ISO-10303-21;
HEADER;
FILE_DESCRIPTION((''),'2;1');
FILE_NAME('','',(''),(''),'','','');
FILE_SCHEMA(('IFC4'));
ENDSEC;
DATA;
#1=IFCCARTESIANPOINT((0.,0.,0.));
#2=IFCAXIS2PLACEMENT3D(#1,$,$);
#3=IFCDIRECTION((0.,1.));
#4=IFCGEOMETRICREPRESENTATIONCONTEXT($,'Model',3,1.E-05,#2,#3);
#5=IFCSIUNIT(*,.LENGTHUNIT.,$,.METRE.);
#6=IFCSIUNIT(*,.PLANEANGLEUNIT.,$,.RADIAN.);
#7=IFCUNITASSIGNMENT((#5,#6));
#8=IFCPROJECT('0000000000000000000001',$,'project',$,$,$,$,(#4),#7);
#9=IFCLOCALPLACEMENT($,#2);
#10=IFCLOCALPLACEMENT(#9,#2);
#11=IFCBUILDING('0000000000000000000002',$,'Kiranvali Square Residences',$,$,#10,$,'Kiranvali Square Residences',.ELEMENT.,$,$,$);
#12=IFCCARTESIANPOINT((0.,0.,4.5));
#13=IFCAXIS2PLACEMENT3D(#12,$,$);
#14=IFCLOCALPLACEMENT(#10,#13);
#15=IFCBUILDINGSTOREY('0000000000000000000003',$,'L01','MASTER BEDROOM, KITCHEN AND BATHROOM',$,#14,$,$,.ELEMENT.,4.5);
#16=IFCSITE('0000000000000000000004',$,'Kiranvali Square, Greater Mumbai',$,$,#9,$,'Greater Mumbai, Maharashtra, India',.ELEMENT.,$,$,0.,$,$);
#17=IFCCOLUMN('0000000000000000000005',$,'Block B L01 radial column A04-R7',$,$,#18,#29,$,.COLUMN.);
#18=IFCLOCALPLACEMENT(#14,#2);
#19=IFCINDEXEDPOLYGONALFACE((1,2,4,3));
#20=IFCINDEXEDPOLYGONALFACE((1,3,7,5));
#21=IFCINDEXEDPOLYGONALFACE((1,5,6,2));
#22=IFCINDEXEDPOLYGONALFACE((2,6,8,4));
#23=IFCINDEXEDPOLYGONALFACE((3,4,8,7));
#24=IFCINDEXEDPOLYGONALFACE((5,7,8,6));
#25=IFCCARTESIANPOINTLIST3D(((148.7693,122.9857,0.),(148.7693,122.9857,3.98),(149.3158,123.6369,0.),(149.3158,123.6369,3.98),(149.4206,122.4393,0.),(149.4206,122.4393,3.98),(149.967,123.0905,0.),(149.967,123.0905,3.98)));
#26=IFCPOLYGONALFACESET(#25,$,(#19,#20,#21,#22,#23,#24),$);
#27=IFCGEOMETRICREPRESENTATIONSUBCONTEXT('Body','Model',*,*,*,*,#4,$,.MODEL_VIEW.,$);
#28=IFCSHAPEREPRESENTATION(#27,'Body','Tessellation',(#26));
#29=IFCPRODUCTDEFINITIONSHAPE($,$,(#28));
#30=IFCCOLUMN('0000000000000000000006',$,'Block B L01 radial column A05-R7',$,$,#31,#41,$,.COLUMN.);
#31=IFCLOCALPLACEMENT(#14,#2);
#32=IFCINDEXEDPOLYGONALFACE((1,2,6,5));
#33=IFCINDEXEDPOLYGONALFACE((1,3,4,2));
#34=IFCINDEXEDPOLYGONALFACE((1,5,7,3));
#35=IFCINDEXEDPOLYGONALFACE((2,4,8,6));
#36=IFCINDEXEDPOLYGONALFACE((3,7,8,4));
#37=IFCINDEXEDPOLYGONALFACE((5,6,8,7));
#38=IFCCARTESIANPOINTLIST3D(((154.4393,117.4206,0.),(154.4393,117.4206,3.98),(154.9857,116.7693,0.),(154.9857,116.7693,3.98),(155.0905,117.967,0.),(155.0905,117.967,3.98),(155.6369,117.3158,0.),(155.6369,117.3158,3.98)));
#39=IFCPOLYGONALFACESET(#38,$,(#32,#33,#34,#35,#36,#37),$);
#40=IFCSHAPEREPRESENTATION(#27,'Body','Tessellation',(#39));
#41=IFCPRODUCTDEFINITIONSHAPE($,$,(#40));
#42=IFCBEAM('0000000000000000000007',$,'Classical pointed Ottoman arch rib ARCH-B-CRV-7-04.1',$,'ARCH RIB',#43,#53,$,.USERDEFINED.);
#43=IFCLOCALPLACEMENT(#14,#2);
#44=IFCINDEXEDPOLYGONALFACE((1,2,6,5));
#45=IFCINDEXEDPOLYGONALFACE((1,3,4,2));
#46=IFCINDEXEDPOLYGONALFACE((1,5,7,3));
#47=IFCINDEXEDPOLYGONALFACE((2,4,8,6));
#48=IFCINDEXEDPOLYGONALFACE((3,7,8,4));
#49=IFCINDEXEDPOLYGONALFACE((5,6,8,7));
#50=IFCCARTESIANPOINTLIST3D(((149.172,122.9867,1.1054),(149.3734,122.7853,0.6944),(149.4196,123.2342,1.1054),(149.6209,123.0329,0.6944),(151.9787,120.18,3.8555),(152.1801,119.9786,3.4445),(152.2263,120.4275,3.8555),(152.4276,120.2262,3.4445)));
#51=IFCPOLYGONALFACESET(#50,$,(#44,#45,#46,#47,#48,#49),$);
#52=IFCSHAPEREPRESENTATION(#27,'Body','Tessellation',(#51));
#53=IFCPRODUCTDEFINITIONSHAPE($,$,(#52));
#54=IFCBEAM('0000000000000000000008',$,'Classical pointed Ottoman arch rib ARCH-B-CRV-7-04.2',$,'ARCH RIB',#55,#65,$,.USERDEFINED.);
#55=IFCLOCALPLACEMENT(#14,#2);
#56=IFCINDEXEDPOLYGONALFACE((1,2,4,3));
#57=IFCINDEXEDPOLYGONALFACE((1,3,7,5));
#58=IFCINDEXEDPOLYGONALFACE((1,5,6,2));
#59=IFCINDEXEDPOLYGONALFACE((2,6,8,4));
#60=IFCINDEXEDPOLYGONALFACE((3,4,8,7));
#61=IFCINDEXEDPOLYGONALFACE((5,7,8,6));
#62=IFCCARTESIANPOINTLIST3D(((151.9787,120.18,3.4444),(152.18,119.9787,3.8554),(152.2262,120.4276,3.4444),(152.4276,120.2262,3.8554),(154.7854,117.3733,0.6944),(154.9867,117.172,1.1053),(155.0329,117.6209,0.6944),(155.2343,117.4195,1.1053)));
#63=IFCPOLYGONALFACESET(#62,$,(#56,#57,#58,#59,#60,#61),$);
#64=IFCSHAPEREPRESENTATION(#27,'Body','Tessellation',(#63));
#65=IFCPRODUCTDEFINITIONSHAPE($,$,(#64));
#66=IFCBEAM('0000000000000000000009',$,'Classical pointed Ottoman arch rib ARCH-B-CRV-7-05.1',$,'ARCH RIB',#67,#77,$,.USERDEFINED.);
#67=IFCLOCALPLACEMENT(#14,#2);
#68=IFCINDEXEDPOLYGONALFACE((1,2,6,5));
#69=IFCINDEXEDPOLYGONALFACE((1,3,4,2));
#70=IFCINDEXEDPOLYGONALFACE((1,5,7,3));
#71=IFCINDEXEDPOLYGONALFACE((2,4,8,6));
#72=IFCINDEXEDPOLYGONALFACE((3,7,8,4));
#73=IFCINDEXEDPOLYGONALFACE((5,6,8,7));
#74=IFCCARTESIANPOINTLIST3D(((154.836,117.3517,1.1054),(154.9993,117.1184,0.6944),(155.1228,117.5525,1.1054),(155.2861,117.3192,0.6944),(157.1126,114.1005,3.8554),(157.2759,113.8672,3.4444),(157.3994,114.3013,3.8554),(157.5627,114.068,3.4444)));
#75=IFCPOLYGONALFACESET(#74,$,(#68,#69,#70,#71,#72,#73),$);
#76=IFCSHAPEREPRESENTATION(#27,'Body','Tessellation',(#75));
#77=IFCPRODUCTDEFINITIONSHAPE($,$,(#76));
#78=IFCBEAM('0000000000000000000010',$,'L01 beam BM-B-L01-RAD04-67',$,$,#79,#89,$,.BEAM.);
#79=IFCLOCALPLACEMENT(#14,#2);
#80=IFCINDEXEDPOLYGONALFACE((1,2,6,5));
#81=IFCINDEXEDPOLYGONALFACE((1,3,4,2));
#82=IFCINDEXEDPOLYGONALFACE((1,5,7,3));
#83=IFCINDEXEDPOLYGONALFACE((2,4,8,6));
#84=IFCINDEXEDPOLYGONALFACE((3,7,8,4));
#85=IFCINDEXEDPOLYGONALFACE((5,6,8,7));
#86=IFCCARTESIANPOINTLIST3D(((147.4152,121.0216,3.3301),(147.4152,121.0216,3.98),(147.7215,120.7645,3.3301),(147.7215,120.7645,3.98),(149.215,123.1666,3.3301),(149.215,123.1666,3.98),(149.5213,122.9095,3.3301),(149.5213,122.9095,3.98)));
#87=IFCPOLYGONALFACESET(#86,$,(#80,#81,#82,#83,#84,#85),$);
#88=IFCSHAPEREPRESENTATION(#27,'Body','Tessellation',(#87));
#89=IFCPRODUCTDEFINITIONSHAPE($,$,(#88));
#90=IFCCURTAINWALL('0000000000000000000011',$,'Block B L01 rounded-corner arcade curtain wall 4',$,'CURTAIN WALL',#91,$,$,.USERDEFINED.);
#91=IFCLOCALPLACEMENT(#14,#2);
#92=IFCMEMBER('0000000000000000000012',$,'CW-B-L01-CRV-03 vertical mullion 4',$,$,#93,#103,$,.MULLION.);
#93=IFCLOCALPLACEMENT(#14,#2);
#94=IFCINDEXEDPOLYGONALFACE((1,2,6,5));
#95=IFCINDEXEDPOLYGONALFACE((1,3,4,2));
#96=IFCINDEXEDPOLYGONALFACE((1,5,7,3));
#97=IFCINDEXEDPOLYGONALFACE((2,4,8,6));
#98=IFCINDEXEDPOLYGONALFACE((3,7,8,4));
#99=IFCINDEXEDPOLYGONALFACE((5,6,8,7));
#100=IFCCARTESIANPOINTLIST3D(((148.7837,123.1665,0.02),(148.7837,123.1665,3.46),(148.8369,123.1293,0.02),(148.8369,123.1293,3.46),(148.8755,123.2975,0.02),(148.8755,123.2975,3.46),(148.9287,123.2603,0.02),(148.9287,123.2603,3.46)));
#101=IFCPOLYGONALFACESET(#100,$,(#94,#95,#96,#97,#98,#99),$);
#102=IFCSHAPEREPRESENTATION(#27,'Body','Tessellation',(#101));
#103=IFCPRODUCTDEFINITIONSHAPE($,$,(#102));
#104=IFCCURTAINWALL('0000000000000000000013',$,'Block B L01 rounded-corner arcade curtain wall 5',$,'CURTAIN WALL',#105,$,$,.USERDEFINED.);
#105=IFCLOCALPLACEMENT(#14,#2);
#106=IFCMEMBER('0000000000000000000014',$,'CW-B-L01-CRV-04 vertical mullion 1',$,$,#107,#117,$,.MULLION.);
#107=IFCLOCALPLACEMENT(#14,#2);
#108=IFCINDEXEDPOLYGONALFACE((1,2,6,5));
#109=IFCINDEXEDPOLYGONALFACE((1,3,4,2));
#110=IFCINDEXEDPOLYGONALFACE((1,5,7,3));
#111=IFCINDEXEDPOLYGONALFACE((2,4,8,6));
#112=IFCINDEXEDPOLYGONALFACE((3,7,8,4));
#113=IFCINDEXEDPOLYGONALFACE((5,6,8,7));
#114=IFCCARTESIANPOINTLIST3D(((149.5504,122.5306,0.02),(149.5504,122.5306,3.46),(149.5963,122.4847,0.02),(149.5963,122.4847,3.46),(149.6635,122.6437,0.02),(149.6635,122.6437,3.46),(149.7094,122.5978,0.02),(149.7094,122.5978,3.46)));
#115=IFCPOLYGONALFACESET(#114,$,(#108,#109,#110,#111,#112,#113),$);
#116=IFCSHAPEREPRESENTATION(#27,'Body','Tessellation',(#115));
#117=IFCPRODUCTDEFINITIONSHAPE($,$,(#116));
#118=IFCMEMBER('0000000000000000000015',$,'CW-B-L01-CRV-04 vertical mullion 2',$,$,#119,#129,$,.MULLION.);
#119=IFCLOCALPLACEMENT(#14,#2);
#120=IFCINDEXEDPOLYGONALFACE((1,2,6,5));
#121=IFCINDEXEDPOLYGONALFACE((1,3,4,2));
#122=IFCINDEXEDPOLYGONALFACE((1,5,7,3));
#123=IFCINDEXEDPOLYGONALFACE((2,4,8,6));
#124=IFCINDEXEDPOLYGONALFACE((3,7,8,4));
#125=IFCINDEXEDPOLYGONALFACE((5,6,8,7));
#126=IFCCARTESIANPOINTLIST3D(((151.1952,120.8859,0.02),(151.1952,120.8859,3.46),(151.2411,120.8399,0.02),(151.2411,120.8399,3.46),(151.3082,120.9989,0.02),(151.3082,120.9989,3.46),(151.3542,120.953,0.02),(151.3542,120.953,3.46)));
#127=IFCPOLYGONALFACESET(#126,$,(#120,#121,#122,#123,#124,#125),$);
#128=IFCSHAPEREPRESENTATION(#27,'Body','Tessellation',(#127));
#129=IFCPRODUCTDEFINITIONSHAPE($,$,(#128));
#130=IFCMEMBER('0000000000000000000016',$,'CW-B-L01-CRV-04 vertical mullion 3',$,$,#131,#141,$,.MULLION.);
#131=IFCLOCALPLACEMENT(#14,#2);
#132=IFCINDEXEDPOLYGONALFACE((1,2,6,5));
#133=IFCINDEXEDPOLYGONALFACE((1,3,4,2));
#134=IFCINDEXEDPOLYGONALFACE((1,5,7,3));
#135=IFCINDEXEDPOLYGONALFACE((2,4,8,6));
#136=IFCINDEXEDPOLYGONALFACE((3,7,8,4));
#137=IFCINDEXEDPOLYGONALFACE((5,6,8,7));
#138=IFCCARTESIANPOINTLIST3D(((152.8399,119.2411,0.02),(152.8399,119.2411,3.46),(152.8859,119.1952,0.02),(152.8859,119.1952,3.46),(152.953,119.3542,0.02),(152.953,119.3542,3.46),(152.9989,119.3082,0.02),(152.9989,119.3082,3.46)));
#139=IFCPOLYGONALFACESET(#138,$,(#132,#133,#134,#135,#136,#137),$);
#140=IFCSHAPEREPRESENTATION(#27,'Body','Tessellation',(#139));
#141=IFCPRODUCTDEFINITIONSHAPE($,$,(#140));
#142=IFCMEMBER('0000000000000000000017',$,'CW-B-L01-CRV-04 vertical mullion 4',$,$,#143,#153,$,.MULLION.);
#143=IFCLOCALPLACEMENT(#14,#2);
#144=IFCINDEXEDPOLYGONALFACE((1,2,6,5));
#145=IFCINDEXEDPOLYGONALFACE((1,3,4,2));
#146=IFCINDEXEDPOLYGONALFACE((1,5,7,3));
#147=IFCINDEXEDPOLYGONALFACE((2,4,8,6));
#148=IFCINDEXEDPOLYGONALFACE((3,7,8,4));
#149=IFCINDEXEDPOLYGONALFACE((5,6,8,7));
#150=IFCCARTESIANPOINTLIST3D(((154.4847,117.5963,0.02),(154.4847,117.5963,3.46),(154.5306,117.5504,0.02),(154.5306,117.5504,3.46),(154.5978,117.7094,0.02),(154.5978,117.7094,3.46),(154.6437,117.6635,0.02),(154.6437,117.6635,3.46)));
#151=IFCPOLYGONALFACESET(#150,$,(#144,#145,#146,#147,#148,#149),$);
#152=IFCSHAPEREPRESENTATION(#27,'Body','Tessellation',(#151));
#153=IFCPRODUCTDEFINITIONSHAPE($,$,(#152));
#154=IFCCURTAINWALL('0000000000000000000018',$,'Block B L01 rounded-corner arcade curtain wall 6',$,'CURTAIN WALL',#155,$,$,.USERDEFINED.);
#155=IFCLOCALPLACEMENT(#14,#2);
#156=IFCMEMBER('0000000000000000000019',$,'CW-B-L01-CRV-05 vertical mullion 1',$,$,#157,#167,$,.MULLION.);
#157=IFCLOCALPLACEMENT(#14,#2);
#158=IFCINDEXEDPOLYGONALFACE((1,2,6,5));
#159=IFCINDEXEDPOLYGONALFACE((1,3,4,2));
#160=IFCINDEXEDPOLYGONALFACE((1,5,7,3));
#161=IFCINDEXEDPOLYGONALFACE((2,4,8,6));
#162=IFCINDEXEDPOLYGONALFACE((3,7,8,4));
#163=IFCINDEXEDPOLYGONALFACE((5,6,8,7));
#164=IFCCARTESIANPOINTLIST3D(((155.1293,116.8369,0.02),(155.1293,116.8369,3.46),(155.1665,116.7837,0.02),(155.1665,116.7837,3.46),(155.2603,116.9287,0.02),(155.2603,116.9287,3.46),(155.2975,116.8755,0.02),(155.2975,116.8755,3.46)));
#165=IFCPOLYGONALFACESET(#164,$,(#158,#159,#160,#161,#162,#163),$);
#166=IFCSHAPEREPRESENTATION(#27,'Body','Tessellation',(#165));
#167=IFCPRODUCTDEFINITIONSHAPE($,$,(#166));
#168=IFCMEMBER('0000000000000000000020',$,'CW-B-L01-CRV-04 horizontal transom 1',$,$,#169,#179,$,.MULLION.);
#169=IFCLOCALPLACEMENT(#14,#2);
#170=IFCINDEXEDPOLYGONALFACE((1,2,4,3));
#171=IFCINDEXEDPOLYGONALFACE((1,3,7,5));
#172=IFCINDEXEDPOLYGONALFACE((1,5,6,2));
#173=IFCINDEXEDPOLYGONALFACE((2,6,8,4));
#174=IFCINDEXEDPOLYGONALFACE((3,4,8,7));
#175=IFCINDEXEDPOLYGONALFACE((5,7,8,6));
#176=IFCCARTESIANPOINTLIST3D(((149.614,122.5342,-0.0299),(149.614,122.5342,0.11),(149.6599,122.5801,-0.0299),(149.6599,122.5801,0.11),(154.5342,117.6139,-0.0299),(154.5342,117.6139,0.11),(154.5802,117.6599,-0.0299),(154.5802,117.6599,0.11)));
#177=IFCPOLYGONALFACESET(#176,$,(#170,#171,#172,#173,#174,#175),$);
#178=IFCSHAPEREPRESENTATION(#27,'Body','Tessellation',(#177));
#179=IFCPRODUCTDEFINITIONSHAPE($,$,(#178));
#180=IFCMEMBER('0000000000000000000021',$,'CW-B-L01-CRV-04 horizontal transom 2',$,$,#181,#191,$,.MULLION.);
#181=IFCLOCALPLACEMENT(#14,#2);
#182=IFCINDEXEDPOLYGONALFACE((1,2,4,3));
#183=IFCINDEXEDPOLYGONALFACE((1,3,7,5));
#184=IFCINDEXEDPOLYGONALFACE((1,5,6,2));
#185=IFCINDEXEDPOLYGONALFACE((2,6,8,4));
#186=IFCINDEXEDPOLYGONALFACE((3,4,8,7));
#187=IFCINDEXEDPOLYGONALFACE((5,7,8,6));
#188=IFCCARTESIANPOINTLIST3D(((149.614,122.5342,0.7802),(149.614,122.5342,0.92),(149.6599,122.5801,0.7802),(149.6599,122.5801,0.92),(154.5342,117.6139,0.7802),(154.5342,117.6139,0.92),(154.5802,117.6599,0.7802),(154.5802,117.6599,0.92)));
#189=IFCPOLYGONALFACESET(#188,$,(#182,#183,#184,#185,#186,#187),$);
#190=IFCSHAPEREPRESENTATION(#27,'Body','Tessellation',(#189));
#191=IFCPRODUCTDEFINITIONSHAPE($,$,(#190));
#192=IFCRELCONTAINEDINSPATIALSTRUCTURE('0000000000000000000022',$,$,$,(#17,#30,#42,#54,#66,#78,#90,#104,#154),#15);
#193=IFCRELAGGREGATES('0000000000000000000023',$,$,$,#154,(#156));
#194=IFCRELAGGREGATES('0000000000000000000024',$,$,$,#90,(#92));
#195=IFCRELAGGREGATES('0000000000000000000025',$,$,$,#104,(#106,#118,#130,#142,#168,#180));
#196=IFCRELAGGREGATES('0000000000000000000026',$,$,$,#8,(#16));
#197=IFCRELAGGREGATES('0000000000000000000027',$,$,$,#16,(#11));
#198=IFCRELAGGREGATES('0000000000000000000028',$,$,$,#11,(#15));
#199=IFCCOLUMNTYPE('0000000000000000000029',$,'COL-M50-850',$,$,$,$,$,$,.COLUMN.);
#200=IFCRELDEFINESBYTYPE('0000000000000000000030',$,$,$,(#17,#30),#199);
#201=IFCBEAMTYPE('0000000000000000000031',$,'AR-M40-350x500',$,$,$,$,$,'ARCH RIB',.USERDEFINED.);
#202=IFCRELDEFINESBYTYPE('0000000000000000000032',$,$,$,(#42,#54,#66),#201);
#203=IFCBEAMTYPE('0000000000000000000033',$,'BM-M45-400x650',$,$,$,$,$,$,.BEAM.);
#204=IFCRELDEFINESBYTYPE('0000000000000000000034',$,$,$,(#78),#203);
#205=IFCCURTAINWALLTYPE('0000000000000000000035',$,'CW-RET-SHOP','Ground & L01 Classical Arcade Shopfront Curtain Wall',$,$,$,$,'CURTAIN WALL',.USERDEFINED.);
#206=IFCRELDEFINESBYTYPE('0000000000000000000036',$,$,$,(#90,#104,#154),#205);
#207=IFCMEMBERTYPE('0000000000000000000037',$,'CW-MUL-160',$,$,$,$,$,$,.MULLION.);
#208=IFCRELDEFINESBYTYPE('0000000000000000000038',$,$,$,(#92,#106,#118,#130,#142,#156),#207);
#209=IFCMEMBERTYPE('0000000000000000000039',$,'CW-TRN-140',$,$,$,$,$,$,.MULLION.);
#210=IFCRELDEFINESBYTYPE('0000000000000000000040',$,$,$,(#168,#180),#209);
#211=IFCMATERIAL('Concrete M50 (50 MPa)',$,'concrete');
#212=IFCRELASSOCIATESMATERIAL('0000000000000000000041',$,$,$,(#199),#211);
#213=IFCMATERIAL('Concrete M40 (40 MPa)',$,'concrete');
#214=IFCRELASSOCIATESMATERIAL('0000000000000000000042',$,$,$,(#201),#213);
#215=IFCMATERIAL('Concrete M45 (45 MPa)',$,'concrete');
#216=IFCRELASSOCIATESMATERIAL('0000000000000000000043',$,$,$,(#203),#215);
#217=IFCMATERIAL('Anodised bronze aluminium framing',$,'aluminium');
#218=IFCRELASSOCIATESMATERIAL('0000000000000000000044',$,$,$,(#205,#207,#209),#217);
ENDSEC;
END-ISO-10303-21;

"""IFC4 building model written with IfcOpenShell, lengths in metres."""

from ifc_helpers import new_model, si_unit, direction, frame, origin, origin_2d, place, context, subcontext, project, spatial, rectangle, extrude, material, material_profile, profile_set, type_object, element, aggregate, save


model = new_model("IFC4")

# Units and contexts
model_context = context("Model", 3, precision=1e-05, world=origin(), true_north=direction((0.0, 1.0)))
body_context = subcontext(model_context, "Body", "Model", "MODEL_VIEW")
ifc_project = project(units=[si_unit("LENGTHUNIT", "METRE"), si_unit("PLANEANGLEUNIT", "RADIAN")], contexts=[model_context])

# Site, building, storey
site_placement = place(None, origin())
site = spatial("IfcSite", under=ifc_project, at=site_placement, Name="Kiranvali Square, Greater Mumbai", LongName="Greater Mumbai, Maharashtra, India", CompositionType="ELEMENT", RefElevation=0.0)
building_placement = place(site_placement, origin())
building = spatial("IfcBuilding", under=site, at=building_placement, Name="Kiranvali Square Residences", LongName="Kiranvali Square Residences", CompositionType="ELEMENT")
storey_placement = place(building_placement, frame((0.0, 0.0, 4.5)))
storey = spatial("IfcBuildingStorey", under=building, at=storey_placement, Name="L01", Description="MASTER BEDROOM, KITCHEN AND BATHROOM", CompositionType="ELEMENT", Elevation=4.5)

# Columns
ifc_material_1 = material(Name="Concrete M50 (50 MPa)", Category="concrete")
ifc_material_profile_1 = material_profile(ifc_material_1, rectangle(XDim=0.8501, YDim=0.8501, at=origin_2d()), Name="RC 850x850")
ifc_profile_set_1 = profile_set([ifc_material_profile_1], Name="Concrete M50 (50 MPa)")
column_type = type_object("IfcColumnType", Name="COL-M50-850", PredefinedType="COLUMN", material=ifc_profile_set_1)
for number, where, z_axis, x_axis, name in (
    (1, (149.3682, 123.0381, 0.0), (0.0, 0.0, 1.0), (-0.766044, 0.642788, 0.0), "Block B L01 radial column A04-R7"),
    (2, (155.0381, 117.3682, 0.0), (0.0, 0.0, 1.0), (-0.642788, 0.766044, 0.0), "Block B L01 radial column A05-R7"),
):
    element("IfcColumn", number, at=place(storey_placement, frame(where, z_axis=z_axis, x_axis=x_axis)), inside=storey, type_object=column_type, Name=name, PredefinedType="COLUMN", context=body_context, shape_type="SweptSolid", body=[
        extrude(rectangle(XDim=0.8501, YDim=0.8501, at=origin_2d()), origin(), (0.0, 0.0, 1.0), 3.98),
    ])

# Beams
ifc_material_2 = material(Name="Concrete M40 (40 MPa)", Category="concrete")
ifc_material_profile_2 = material_profile(ifc_material_2, rectangle(XDim=0.3501, YDim=0.5, at=origin_2d()), Name="RC 350x500")
ifc_profile_set_2 = profile_set([ifc_material_profile_2], Name="Concrete M40 (40 MPa)")
beam_type_1 = type_object("IfcBeamType", Name="AR-M40-350x500", ElementType="ARCH RIB", PredefinedType="USERDEFINED", material=ifc_profile_set_2)
for number, where, z_axis, x_axis, name in (
    (3, (149.3965, 123.0098, 0.8999), (0.581234, -0.581234, 0.569504), (0.707107, 0.707107, 0.0), "Classical pointed Ottoman arch rib ARCH-B-CRV-7-04.1"),
    (4, (152.2031, 120.2031, 3.6499), (0.581234, -0.581234, -0.569504), (0.707107, 0.707107, 0.0), "Classical pointed Ottoman arch rib ARCH-B-CRV-7-04.2"),
):
    element("IfcBeam", number, at=place(storey_placement, frame(where, z_axis=z_axis, x_axis=x_axis)), inside=storey, type_object=beam_type_1, Name=name, ObjectType="ARCH RIB", PredefinedType="USERDEFINED", context=body_context, shape_type="SweptSolid", body=[
        extrude(rectangle(XDim=0.3501, YDim=0.5, at=origin_2d()), origin(), (0.0, 0.0, 1.0), 4.8289),
    ])
beam_1_placement = place(storey_placement, frame((155.061, 117.3354, 0.8999), z_axis=(0.47148, -0.673318, 0.569517), x_axis=(0.819142, 0.57359, 0.0)))
element("IfcBeam", 5, at=beam_1_placement, inside=storey, type_object=beam_type_1, Name="Classical pointed Ottoman arch rib ARCH-B-CRV-7-05.1", ObjectType="ARCH RIB", PredefinedType="USERDEFINED", context=body_context, shape_type="SweptSolid", body=[
    extrude(rectangle(XDim=0.3501, YDim=0.5, at=origin_2d()), origin(), (0.0, 0.0, 1.0), 4.8286),
])
ifc_material_3 = material(Name="Concrete M45 (45 MPa)", Category="concrete")
ifc_material_profile_3 = material_profile(ifc_material_3, rectangle(XDim=0.3999, YDim=0.6499, at=origin_2d()), Name="RC 400x650")
ifc_profile_set_3 = profile_set([ifc_material_profile_3], Name="Concrete M45 (45 MPa)")
beam_type_2 = type_object("IfcBeamType", Name="BM-M45-400x650", PredefinedType="BEAM", material=ifc_profile_set_3)
beam_2_placement = place(storey_placement, frame((147.5684, 120.8931, 3.655), z_axis=(0.642771, 0.766059, 0.0), x_axis=(-0.766059, 0.642771, 0.0)))
element("IfcBeam", 6, at=beam_2_placement, inside=storey, type_object=beam_type_2, Name="L01 beam BM-B-L01-RAD04-67", PredefinedType="BEAM", context=body_context, shape_type="SweptSolid", body=[
    extrude(rectangle(XDim=0.3999, YDim=0.6499, at=origin_2d()), origin(), (0.0, 0.0, 1.0), 2.8),
])

# Curtain wall, member
ifc_material_4 = material(Name="Anodised bronze aluminium framing", Category="aluminium")
curtain_wall_type = type_object("IfcCurtainWallType", Name="CW-RET-SHOP", Description="Ground & L01 Classical Arcade Shopfront Curtain Wall", ElementType="CURTAIN WALL", PredefinedType="USERDEFINED", material=ifc_material_4)
curtain_wall_1_placement = place(storey_placement, origin())
curtain_wall_1 = element("IfcCurtainWall", 7, at=curtain_wall_1_placement, inside=storey, type_object=curtain_wall_type, Name="Block B L01 rounded-corner arcade curtain wall 4", ObjectType="CURTAIN WALL", PredefinedType="USERDEFINED")
ifc_material_profile_4 = material_profile(ifc_material_4, rectangle(XDim=0.0649, YDim=0.1599, at=origin_2d()), Name="ALU 65x160")
ifc_profile_set_4 = profile_set([ifc_material_profile_4], Name="Anodised bronze aluminium framing")
member_type_1 = type_object("IfcMemberType", Name="CW-MUL-160", PredefinedType="MULLION", material=ifc_profile_set_4)
member_1_placement = place(storey_placement, frame((148.8562, 123.2134, 0.02), z_axis=(0.0, 0.0, 1.0), x_axis=(0.819152, -0.573576, 0.0)))
member_1 = element("IfcMember", 8, at=member_1_placement, type_object=member_type_1, Name="CW-B-L01-CRV-03 vertical mullion 4", PredefinedType="MULLION", context=body_context, shape_type="SweptSolid", body=[
    extrude(rectangle(XDim=0.0649, YDim=0.1599, at=origin_2d()), origin(), (0.0, 0.0, 1.0), 3.4399),
])

# Curtain wall, members
curtain_wall_2_placement = place(storey_placement, origin())
curtain_wall_2 = element("IfcCurtainWall", 9, at=curtain_wall_2_placement, inside=storey, type_object=curtain_wall_type, Name="Block B L01 rounded-corner arcade curtain wall 5", ObjectType="CURTAIN WALL", PredefinedType="USERDEFINED")
member_2_placement = place(storey_placement, frame((149.6299, 122.5642, 0.02), z_axis=(0.0, 0.0, 1.0), x_axis=(0.707107, -0.707107, 0.0)))
member_2 = element("IfcMember", 10, at=member_2_placement, type_object=member_type_1, Name="CW-B-L01-CRV-04 vertical mullion 1", PredefinedType="MULLION", context=body_context, shape_type="SweptSolid", body=[
    extrude(rectangle(XDim=0.0649, YDim=0.1599, at=origin_2d()), origin(), (0.0, 0.0, 1.0), 3.4399),
])
member_3_placement = place(storey_placement, frame((151.2747, 120.9194, 0.02), z_axis=(0.0, 0.0, 1.0), x_axis=(0.707107, -0.707107, 0.0)))
member_3 = element("IfcMember", 11, at=member_3_placement, type_object=member_type_1, Name="CW-B-L01-CRV-04 vertical mullion 2", PredefinedType="MULLION", context=body_context, shape_type="SweptSolid", body=[
    extrude(rectangle(XDim=0.0649, YDim=0.1599, at=origin_2d()), origin(), (0.0, 0.0, 1.0), 3.4399),
])
member_4_placement = place(storey_placement, frame((152.9194, 119.2747, 0.02), z_axis=(0.0, 0.0, 1.0), x_axis=(0.707107, -0.707107, 0.0)))
member_4 = element("IfcMember", 12, at=member_4_placement, type_object=member_type_1, Name="CW-B-L01-CRV-04 vertical mullion 3", PredefinedType="MULLION", context=body_context, shape_type="SweptSolid", body=[
    extrude(rectangle(XDim=0.0649, YDim=0.1599, at=origin_2d()), origin(), (0.0, 0.0, 1.0), 3.4399),
])
member_5_placement = place(storey_placement, frame((154.5642, 117.6299, 0.02), z_axis=(0.0, 0.0, 1.0), x_axis=(0.707107, -0.707107, 0.0)))
member_5 = element("IfcMember", 13, at=member_5_placement, type_object=member_type_1, Name="CW-B-L01-CRV-04 vertical mullion 4", PredefinedType="MULLION", context=body_context, shape_type="SweptSolid", body=[
    extrude(rectangle(XDim=0.0649, YDim=0.1599, at=origin_2d()), origin(), (0.0, 0.0, 1.0), 3.4399),
])

# Curtain wall, member
curtain_wall_3_placement = place(storey_placement, origin())
curtain_wall_3 = element("IfcCurtainWall", 14, at=curtain_wall_3_placement, inside=storey, type_object=curtain_wall_type, Name="Block B L01 rounded-corner arcade curtain wall 6", ObjectType="CURTAIN WALL", PredefinedType="USERDEFINED")
member_6_placement = place(storey_placement, frame((155.2134, 116.8562, 0.02), z_axis=(0.0, 0.0, 1.0), x_axis=(0.573576, -0.819152, 0.0)))
member_6 = element("IfcMember", 15, at=member_6_placement, type_object=member_type_1, Name="CW-B-L01-CRV-05 vertical mullion 1", PredefinedType="MULLION", context=body_context, shape_type="SweptSolid", body=[
    extrude(rectangle(XDim=0.0649, YDim=0.1599, at=origin_2d()), origin(), (0.0, 0.0, 1.0), 3.4399),
])

# Members
ifc_material_profile_5 = material_profile(ifc_material_4, rectangle(XDim=0.0649, YDim=0.1399, at=origin_2d()), Name="ALU 65x140")
ifc_profile_set_5 = profile_set([ifc_material_profile_5], Name="Anodised bronze aluminium framing")
member_type_2 = type_object("IfcMemberType", Name="CW-TRN-140", PredefinedType="MULLION", material=ifc_profile_set_5)
member_7_placement = place(storey_placement, frame((149.637, 122.5571, 0.04), z_axis=(0.707107, -0.707107, 0.0), x_axis=(0.707107, 0.707107, 0.0)))
member_7 = element("IfcMember", 16, at=member_7_placement, type_object=member_type_2, Name="CW-B-L01-CRV-04 horizontal transom 1", PredefinedType="MULLION", context=body_context, shape_type="SweptSolid", body=[
    extrude(rectangle(XDim=0.0649, YDim=0.1399, at=origin_2d()), origin(), (0.0, 0.0, 1.0), 6.9583),
])
member_8_placement = place(storey_placement, frame((149.637, 122.5571, 0.8501), z_axis=(0.707107, -0.707107, 0.0), x_axis=(0.707107, 0.707107, 0.0)))
member_8 = element("IfcMember", 17, at=member_8_placement, type_object=member_type_2, Name="CW-B-L01-CRV-04 horizontal transom 2", PredefinedType="MULLION", context=body_context, shape_type="SweptSolid", body=[
    extrude(rectangle(XDim=0.0649, YDim=0.1399, at=origin_2d()), origin(), (0.0, 0.0, 1.0), 6.9583),
])
aggregate(curtain_wall_3, [member_6])

aggregate(curtain_wall_1, [member_1])
aggregate(curtain_wall_2, [member_2, member_3, member_4, member_5, member_7, member_8])

save(model, "model.ifc")
